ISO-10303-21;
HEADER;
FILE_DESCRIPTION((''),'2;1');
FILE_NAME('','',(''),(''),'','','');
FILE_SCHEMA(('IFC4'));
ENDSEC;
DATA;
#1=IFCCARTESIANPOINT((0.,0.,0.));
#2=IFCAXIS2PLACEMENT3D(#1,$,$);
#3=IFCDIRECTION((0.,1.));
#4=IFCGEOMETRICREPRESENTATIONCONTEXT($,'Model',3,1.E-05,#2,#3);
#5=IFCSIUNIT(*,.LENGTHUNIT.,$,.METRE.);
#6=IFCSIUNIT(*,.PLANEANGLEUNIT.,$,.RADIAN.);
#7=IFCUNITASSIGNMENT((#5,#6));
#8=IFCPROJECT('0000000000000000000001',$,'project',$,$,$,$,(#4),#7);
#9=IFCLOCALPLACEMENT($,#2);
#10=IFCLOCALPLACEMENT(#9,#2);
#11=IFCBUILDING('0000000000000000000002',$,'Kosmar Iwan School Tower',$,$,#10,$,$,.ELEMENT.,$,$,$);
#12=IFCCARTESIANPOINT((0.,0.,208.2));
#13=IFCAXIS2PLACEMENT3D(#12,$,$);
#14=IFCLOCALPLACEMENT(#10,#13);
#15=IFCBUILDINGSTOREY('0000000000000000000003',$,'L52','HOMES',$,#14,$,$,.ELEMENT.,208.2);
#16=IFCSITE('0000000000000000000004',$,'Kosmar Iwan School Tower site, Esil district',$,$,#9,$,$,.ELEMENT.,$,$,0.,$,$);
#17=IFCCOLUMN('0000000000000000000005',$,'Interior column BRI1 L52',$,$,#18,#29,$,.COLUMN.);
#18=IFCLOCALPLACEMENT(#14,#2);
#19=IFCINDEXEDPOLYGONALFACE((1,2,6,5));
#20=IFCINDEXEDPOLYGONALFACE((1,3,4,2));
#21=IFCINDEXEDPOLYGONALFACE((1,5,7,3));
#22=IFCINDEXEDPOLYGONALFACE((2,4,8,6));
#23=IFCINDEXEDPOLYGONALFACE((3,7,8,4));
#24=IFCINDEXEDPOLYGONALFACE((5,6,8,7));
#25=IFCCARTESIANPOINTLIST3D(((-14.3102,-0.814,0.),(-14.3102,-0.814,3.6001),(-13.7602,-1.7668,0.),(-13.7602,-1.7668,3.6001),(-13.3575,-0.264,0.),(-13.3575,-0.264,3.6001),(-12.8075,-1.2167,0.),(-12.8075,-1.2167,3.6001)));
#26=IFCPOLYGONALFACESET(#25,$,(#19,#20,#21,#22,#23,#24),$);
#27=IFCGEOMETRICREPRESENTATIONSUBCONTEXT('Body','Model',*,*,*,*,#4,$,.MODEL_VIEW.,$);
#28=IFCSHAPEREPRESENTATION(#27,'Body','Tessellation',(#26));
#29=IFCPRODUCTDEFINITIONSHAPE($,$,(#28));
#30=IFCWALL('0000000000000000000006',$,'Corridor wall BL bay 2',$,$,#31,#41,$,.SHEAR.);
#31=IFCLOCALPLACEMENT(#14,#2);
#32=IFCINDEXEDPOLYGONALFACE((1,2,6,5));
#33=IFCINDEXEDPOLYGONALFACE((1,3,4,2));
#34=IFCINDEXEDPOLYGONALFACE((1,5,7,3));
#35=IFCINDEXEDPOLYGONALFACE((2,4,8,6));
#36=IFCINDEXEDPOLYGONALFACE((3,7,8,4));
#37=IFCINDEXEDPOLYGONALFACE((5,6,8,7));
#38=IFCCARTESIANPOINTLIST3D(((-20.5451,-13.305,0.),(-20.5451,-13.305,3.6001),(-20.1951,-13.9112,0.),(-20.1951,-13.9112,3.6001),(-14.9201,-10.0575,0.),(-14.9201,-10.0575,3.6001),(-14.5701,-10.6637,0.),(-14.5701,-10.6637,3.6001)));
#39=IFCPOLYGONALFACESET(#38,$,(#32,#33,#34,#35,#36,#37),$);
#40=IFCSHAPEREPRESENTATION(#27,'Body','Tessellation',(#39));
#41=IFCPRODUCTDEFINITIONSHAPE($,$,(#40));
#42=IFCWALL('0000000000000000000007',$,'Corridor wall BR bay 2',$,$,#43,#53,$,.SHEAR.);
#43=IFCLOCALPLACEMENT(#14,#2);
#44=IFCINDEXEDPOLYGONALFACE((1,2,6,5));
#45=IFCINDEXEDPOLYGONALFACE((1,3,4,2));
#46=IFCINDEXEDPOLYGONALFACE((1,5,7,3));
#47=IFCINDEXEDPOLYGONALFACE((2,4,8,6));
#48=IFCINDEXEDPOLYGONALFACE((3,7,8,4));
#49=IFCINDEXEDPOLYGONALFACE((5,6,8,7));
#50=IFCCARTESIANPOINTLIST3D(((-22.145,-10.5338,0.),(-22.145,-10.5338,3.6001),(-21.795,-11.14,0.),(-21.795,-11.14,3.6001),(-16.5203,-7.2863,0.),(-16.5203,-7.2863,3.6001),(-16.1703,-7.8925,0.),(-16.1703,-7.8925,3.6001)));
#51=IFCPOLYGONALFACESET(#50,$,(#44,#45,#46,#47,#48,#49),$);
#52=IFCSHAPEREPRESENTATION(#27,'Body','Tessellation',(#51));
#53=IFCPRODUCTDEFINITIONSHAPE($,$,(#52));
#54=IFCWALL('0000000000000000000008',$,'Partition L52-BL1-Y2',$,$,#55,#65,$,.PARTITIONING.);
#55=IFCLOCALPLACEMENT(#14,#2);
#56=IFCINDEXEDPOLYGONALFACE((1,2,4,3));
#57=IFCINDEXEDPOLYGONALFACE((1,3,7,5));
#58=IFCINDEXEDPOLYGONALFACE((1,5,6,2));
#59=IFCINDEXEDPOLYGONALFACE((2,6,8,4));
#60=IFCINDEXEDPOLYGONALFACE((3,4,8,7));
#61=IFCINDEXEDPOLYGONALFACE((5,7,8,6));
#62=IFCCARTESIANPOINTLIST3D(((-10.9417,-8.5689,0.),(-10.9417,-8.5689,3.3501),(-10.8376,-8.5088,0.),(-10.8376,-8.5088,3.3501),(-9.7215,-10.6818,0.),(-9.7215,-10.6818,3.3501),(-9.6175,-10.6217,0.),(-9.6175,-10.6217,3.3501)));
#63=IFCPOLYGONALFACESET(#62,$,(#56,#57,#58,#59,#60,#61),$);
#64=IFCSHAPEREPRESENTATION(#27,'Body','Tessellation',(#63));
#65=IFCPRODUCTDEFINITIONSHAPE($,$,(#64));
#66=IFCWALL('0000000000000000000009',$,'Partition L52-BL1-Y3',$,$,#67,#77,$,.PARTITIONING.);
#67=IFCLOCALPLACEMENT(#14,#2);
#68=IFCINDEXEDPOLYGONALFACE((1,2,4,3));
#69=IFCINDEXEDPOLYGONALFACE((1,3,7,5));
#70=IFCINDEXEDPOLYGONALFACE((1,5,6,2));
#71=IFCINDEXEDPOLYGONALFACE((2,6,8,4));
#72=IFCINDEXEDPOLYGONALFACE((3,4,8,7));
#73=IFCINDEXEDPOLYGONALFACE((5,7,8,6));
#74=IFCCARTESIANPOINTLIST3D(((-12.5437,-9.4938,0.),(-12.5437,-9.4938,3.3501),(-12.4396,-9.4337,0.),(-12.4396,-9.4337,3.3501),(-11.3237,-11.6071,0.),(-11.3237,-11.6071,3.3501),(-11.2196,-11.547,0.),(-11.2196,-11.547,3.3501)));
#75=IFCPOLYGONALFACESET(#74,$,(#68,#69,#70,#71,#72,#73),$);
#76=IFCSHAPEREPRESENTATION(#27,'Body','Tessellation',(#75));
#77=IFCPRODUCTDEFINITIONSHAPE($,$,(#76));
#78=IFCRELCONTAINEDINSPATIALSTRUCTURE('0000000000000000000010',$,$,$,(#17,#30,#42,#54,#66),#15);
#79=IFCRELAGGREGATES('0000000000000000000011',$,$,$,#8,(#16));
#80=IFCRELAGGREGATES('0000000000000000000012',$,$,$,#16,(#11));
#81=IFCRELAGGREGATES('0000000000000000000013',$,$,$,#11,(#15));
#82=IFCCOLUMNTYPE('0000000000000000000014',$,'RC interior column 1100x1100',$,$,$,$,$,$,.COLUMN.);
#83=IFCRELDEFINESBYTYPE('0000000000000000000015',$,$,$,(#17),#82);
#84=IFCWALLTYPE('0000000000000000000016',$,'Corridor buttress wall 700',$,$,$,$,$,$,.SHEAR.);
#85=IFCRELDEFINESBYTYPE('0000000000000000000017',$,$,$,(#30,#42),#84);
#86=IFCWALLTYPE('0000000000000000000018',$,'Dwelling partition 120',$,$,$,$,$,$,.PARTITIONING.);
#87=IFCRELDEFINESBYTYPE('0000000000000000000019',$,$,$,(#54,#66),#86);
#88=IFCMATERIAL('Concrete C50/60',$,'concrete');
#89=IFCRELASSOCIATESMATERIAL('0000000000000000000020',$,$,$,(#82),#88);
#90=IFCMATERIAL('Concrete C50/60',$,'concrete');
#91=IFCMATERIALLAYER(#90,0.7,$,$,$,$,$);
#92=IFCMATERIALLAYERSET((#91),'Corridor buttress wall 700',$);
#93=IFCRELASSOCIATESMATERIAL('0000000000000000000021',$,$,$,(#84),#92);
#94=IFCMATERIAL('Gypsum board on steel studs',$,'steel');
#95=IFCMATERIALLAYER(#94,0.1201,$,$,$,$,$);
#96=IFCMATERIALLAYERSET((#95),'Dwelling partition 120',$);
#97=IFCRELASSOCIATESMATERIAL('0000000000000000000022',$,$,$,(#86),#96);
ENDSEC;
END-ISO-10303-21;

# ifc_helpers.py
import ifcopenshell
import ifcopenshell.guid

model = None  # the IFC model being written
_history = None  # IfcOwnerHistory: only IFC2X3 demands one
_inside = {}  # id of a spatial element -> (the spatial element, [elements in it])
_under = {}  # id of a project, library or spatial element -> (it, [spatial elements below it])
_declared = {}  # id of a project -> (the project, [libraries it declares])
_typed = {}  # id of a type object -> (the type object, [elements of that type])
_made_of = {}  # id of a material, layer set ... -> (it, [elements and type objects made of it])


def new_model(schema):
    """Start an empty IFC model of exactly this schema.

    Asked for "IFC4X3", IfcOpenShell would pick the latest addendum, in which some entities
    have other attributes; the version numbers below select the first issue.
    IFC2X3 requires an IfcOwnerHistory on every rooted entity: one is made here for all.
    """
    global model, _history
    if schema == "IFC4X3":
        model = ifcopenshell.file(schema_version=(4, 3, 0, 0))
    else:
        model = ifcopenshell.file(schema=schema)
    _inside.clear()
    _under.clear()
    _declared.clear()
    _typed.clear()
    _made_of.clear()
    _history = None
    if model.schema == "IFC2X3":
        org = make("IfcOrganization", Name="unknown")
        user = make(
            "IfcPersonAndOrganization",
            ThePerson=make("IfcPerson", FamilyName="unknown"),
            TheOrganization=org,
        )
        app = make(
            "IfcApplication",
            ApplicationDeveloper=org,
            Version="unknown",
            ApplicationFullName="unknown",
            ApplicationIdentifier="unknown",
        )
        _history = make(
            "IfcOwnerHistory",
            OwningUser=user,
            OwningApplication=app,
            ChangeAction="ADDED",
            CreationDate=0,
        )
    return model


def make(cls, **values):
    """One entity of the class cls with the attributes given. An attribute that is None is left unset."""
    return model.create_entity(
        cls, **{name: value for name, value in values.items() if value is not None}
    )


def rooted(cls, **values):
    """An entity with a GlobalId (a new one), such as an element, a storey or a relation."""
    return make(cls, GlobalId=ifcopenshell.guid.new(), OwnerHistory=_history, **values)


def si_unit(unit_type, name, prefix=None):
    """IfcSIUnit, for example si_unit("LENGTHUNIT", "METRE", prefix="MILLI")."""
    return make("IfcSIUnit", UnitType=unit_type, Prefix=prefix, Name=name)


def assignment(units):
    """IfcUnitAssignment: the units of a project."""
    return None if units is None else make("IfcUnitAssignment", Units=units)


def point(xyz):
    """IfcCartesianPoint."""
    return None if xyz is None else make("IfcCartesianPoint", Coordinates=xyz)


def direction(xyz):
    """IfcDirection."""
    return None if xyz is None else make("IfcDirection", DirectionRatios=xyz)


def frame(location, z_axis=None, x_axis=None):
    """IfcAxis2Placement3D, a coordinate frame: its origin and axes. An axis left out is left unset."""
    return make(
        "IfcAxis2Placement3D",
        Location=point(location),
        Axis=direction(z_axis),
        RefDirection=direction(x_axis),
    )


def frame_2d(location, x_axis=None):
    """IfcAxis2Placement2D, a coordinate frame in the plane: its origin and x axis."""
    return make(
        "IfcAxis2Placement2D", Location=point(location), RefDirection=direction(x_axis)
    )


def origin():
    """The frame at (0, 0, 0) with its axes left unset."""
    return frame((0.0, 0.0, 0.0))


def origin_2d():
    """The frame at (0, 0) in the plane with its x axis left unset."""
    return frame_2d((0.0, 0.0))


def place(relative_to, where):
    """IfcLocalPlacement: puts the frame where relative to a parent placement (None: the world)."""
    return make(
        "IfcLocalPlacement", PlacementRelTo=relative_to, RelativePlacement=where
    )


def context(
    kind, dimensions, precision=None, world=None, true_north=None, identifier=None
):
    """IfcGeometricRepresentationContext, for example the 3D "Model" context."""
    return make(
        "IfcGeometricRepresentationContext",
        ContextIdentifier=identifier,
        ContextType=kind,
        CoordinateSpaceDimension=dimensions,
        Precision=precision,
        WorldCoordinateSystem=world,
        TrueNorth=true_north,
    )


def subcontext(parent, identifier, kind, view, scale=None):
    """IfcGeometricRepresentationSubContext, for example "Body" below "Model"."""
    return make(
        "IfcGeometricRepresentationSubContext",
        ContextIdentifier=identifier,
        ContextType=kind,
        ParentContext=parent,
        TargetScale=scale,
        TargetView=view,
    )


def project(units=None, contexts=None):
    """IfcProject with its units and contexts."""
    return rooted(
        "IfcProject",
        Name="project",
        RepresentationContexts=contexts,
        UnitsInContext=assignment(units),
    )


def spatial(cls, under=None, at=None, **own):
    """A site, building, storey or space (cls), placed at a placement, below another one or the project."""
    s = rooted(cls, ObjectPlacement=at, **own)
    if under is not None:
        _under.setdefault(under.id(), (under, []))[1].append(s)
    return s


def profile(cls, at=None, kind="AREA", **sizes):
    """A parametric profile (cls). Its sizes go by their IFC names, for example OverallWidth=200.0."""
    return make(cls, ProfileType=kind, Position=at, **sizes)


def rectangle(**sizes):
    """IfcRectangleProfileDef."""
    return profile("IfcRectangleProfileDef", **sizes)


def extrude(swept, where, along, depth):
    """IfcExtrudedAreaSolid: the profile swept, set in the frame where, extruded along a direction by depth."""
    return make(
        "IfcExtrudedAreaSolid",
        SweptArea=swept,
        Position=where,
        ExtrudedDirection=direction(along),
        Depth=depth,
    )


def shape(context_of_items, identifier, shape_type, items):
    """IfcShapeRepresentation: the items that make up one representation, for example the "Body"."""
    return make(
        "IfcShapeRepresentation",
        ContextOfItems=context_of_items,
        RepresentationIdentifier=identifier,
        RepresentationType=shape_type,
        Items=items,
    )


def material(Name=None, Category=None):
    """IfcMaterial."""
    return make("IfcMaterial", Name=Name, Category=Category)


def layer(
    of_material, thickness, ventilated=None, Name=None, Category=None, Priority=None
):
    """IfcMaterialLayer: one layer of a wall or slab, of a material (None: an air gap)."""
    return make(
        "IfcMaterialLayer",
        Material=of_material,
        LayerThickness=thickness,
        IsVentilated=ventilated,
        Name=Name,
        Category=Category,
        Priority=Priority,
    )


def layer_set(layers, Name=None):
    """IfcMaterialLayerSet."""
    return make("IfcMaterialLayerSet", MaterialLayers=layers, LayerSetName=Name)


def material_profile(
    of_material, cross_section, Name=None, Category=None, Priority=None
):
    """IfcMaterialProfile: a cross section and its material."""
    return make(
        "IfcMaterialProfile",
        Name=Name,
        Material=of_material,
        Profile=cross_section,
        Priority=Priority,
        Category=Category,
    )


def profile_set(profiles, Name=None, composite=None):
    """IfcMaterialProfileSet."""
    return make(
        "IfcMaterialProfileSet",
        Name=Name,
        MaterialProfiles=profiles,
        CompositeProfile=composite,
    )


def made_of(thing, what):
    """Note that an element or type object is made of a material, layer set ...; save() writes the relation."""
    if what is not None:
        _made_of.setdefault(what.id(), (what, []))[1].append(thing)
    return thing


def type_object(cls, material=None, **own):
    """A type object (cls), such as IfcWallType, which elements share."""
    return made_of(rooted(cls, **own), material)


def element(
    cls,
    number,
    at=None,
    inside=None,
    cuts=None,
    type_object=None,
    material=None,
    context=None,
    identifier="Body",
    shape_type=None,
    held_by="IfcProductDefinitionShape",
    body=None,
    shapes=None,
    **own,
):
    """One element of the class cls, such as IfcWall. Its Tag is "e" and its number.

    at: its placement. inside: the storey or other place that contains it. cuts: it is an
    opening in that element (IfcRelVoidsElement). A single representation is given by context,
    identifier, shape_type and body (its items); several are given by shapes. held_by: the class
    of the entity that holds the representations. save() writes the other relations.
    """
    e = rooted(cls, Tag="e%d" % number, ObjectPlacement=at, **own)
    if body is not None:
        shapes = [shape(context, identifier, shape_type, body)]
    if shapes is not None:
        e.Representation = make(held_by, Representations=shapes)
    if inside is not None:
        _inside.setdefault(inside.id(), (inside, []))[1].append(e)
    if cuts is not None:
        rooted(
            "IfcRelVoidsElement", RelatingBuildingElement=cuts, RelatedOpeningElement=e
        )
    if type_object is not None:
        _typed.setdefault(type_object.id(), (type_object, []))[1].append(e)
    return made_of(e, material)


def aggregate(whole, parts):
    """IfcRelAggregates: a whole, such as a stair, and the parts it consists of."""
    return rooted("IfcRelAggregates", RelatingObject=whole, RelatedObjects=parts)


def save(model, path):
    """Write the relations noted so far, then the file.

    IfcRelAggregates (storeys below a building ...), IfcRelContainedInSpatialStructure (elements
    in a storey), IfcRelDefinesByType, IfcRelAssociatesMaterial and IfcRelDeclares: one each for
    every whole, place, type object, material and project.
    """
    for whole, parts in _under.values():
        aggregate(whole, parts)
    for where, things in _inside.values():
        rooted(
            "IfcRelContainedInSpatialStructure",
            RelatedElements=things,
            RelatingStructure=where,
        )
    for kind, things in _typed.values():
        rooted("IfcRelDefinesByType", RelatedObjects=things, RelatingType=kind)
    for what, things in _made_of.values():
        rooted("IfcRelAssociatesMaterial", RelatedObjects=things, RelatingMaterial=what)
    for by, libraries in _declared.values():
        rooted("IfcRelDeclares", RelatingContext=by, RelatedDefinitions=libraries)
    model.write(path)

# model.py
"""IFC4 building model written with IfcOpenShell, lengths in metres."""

from ifc_helpers import new_model, si_unit, direction, frame, frame_2d, origin, origin_2d, place, context, subcontext, project, spatial, rectangle, extrude, material, layer, layer_set, material_profile, profile_set, type_object, element, save


model = new_model("IFC4")

# Units and contexts
model_context = context("Model", 3, precision=1e-05, world=origin(), true_north=direction((0.0, 1.0)))
body_context = subcontext(model_context, "Body", "Model", "MODEL_VIEW")
ifc_project = project(units=[si_unit("LENGTHUNIT", "METRE"), si_unit("PLANEANGLEUNIT", "RADIAN")], contexts=[model_context])

# Site, building, storey
site_placement = place(None, origin())
site = spatial("IfcSite", under=ifc_project, at=site_placement, Name="Kosmar Iwan School Tower site, Esil district", CompositionType="ELEMENT", RefElevation=0.0)
building_placement = place(site_placement, origin())
building = spatial("IfcBuilding", under=site, at=building_placement, Name="Kosmar Iwan School Tower", CompositionType="ELEMENT")
storey_placement = place(building_placement, frame((0.0, 0.0, 208.2)))
storey = spatial("IfcBuildingStorey", under=building, at=storey_placement, Name="L52", Description="HOMES", CompositionType="ELEMENT", Elevation=208.2)

# Column
ifc_material_1 = material(Name="Concrete C50/60", Category="concrete")
ifc_material_profile = material_profile(ifc_material_1, rectangle(XDim=1.1001, YDim=1.1001, at=origin_2d()), Name="RC 1100x1100")
ifc_profile_set = profile_set([ifc_material_profile], Name="Concrete C50/60")
column_type = type_object("IfcColumnType", Name="RC interior column 1100x1100", PredefinedType="COLUMN", material=ifc_profile_set)
column_placement = place(storey_placement, frame((-13.5588, -1.0154, 0.0), z_axis=(0.0, 0.0, 1.0), x_axis=(-0.866025, -0.5, 0.0)))
element("IfcColumn", 1, at=column_placement, inside=storey, type_object=column_type, Name="Interior column BRI1 L52", PredefinedType="COLUMN", context=body_context, shape_type="SweptSolid", body=[
    extrude(rectangle(XDim=1.1001, YDim=1.1001, at=origin_2d()), origin(), (0.0, 0.0, 1.0), 3.6001),
])

# Walls
ifc_material_2 = material(Name="Concrete C50/60", Category="concrete")
ifc_layer_1 = layer(ifc_material_2, 0.7)
ifc_layer_set_1 = layer_set([ifc_layer_1], Name="Corridor buttress wall 700")
wall_type_1 = type_object("IfcWallType", Name="Corridor buttress wall 700", PredefinedType="SHEAR", material=ifc_layer_set_1)
wall_1_placement = place(storey_placement, frame((-14.7451, -10.3606, 0.0), z_axis=(0.0, 0.0, 1.0), x_axis=(-0.866028, -0.499996, 0.0)))
element("IfcWall", 2, at=wall_1_placement, inside=storey, type_object=wall_type_1, Name="Corridor wall BL bay 2", PredefinedType="SHEAR", context=body_context, shape_type="SweptSolid", body=[
    extrude(rectangle(XDim=6.4951, YDim=0.7, at=frame_2d((3.2476, 0.0))), origin(), (0.0, 0.0, 1.0), 3.6001),
])
wall_2_placement = place(storey_placement, frame((-16.3452, -7.5894, 0.0), z_axis=(0.0, 0.0, 1.0), x_axis=(-0.866018, -0.500012, 0.0)))
element("IfcWall", 3, at=wall_2_placement, inside=storey, type_object=wall_type_1, Name="Corridor wall BR bay 2", PredefinedType="SHEAR", context=body_context, shape_type="SweptSolid", body=[
    extrude(rectangle(XDim=6.4949, YDim=0.7, at=frame_2d((3.2476, 0.0))), origin(), (0.0, 0.0, 1.0), 3.6001),
])
ifc_material_3 = material(Name="Gypsum board on steel studs", Category="steel")
ifc_layer_2 = layer(ifc_material_3, 0.1201)
ifc_layer_set_2 = layer_set([ifc_layer_2], Name="Dwelling partition 120")
wall_type_2 = type_object("IfcWallType", Name="Dwelling partition 120", PredefinedType="PARTITIONING", material=ifc_layer_set_2)
wall_3_placement = place(storey_placement, frame((-10.8896, -8.5388, 0.0), z_axis=(0.0, 0.0, 1.0), x_axis=(0.500078, -0.865981, 0.0)))
element("IfcWall", 4, at=wall_3_placement, inside=storey, type_object=wall_type_2, Name="Partition L52-BL1-Y2", PredefinedType="PARTITIONING", context=body_context, shape_type="SweptSolid", body=[
    extrude(rectangle(XDim=2.4399, YDim=0.1201, at=frame_2d((1.22, 0.0))), origin(), (0.0, 0.0, 1.0), 3.3501),
])
wall_4_placement = place(storey_placement, frame((-12.4917, -9.4636, 0.0), z_axis=(0.0, 0.0, 1.0), x_axis=(0.499959, -0.866049, 0.0)))
element("IfcWall", 5, at=wall_4_placement, inside=storey, type_object=wall_type_2, Name="Partition L52-BL1-Y3", PredefinedType="PARTITIONING", context=body_context, shape_type="SweptSolid", body=[
    extrude(rectangle(XDim=2.4402, YDim=0.1201, at=frame_2d((1.2202, 0.0))), origin(), (0.0, 0.0, 1.0), 3.3501),
])

save(model, "model.ifc")
